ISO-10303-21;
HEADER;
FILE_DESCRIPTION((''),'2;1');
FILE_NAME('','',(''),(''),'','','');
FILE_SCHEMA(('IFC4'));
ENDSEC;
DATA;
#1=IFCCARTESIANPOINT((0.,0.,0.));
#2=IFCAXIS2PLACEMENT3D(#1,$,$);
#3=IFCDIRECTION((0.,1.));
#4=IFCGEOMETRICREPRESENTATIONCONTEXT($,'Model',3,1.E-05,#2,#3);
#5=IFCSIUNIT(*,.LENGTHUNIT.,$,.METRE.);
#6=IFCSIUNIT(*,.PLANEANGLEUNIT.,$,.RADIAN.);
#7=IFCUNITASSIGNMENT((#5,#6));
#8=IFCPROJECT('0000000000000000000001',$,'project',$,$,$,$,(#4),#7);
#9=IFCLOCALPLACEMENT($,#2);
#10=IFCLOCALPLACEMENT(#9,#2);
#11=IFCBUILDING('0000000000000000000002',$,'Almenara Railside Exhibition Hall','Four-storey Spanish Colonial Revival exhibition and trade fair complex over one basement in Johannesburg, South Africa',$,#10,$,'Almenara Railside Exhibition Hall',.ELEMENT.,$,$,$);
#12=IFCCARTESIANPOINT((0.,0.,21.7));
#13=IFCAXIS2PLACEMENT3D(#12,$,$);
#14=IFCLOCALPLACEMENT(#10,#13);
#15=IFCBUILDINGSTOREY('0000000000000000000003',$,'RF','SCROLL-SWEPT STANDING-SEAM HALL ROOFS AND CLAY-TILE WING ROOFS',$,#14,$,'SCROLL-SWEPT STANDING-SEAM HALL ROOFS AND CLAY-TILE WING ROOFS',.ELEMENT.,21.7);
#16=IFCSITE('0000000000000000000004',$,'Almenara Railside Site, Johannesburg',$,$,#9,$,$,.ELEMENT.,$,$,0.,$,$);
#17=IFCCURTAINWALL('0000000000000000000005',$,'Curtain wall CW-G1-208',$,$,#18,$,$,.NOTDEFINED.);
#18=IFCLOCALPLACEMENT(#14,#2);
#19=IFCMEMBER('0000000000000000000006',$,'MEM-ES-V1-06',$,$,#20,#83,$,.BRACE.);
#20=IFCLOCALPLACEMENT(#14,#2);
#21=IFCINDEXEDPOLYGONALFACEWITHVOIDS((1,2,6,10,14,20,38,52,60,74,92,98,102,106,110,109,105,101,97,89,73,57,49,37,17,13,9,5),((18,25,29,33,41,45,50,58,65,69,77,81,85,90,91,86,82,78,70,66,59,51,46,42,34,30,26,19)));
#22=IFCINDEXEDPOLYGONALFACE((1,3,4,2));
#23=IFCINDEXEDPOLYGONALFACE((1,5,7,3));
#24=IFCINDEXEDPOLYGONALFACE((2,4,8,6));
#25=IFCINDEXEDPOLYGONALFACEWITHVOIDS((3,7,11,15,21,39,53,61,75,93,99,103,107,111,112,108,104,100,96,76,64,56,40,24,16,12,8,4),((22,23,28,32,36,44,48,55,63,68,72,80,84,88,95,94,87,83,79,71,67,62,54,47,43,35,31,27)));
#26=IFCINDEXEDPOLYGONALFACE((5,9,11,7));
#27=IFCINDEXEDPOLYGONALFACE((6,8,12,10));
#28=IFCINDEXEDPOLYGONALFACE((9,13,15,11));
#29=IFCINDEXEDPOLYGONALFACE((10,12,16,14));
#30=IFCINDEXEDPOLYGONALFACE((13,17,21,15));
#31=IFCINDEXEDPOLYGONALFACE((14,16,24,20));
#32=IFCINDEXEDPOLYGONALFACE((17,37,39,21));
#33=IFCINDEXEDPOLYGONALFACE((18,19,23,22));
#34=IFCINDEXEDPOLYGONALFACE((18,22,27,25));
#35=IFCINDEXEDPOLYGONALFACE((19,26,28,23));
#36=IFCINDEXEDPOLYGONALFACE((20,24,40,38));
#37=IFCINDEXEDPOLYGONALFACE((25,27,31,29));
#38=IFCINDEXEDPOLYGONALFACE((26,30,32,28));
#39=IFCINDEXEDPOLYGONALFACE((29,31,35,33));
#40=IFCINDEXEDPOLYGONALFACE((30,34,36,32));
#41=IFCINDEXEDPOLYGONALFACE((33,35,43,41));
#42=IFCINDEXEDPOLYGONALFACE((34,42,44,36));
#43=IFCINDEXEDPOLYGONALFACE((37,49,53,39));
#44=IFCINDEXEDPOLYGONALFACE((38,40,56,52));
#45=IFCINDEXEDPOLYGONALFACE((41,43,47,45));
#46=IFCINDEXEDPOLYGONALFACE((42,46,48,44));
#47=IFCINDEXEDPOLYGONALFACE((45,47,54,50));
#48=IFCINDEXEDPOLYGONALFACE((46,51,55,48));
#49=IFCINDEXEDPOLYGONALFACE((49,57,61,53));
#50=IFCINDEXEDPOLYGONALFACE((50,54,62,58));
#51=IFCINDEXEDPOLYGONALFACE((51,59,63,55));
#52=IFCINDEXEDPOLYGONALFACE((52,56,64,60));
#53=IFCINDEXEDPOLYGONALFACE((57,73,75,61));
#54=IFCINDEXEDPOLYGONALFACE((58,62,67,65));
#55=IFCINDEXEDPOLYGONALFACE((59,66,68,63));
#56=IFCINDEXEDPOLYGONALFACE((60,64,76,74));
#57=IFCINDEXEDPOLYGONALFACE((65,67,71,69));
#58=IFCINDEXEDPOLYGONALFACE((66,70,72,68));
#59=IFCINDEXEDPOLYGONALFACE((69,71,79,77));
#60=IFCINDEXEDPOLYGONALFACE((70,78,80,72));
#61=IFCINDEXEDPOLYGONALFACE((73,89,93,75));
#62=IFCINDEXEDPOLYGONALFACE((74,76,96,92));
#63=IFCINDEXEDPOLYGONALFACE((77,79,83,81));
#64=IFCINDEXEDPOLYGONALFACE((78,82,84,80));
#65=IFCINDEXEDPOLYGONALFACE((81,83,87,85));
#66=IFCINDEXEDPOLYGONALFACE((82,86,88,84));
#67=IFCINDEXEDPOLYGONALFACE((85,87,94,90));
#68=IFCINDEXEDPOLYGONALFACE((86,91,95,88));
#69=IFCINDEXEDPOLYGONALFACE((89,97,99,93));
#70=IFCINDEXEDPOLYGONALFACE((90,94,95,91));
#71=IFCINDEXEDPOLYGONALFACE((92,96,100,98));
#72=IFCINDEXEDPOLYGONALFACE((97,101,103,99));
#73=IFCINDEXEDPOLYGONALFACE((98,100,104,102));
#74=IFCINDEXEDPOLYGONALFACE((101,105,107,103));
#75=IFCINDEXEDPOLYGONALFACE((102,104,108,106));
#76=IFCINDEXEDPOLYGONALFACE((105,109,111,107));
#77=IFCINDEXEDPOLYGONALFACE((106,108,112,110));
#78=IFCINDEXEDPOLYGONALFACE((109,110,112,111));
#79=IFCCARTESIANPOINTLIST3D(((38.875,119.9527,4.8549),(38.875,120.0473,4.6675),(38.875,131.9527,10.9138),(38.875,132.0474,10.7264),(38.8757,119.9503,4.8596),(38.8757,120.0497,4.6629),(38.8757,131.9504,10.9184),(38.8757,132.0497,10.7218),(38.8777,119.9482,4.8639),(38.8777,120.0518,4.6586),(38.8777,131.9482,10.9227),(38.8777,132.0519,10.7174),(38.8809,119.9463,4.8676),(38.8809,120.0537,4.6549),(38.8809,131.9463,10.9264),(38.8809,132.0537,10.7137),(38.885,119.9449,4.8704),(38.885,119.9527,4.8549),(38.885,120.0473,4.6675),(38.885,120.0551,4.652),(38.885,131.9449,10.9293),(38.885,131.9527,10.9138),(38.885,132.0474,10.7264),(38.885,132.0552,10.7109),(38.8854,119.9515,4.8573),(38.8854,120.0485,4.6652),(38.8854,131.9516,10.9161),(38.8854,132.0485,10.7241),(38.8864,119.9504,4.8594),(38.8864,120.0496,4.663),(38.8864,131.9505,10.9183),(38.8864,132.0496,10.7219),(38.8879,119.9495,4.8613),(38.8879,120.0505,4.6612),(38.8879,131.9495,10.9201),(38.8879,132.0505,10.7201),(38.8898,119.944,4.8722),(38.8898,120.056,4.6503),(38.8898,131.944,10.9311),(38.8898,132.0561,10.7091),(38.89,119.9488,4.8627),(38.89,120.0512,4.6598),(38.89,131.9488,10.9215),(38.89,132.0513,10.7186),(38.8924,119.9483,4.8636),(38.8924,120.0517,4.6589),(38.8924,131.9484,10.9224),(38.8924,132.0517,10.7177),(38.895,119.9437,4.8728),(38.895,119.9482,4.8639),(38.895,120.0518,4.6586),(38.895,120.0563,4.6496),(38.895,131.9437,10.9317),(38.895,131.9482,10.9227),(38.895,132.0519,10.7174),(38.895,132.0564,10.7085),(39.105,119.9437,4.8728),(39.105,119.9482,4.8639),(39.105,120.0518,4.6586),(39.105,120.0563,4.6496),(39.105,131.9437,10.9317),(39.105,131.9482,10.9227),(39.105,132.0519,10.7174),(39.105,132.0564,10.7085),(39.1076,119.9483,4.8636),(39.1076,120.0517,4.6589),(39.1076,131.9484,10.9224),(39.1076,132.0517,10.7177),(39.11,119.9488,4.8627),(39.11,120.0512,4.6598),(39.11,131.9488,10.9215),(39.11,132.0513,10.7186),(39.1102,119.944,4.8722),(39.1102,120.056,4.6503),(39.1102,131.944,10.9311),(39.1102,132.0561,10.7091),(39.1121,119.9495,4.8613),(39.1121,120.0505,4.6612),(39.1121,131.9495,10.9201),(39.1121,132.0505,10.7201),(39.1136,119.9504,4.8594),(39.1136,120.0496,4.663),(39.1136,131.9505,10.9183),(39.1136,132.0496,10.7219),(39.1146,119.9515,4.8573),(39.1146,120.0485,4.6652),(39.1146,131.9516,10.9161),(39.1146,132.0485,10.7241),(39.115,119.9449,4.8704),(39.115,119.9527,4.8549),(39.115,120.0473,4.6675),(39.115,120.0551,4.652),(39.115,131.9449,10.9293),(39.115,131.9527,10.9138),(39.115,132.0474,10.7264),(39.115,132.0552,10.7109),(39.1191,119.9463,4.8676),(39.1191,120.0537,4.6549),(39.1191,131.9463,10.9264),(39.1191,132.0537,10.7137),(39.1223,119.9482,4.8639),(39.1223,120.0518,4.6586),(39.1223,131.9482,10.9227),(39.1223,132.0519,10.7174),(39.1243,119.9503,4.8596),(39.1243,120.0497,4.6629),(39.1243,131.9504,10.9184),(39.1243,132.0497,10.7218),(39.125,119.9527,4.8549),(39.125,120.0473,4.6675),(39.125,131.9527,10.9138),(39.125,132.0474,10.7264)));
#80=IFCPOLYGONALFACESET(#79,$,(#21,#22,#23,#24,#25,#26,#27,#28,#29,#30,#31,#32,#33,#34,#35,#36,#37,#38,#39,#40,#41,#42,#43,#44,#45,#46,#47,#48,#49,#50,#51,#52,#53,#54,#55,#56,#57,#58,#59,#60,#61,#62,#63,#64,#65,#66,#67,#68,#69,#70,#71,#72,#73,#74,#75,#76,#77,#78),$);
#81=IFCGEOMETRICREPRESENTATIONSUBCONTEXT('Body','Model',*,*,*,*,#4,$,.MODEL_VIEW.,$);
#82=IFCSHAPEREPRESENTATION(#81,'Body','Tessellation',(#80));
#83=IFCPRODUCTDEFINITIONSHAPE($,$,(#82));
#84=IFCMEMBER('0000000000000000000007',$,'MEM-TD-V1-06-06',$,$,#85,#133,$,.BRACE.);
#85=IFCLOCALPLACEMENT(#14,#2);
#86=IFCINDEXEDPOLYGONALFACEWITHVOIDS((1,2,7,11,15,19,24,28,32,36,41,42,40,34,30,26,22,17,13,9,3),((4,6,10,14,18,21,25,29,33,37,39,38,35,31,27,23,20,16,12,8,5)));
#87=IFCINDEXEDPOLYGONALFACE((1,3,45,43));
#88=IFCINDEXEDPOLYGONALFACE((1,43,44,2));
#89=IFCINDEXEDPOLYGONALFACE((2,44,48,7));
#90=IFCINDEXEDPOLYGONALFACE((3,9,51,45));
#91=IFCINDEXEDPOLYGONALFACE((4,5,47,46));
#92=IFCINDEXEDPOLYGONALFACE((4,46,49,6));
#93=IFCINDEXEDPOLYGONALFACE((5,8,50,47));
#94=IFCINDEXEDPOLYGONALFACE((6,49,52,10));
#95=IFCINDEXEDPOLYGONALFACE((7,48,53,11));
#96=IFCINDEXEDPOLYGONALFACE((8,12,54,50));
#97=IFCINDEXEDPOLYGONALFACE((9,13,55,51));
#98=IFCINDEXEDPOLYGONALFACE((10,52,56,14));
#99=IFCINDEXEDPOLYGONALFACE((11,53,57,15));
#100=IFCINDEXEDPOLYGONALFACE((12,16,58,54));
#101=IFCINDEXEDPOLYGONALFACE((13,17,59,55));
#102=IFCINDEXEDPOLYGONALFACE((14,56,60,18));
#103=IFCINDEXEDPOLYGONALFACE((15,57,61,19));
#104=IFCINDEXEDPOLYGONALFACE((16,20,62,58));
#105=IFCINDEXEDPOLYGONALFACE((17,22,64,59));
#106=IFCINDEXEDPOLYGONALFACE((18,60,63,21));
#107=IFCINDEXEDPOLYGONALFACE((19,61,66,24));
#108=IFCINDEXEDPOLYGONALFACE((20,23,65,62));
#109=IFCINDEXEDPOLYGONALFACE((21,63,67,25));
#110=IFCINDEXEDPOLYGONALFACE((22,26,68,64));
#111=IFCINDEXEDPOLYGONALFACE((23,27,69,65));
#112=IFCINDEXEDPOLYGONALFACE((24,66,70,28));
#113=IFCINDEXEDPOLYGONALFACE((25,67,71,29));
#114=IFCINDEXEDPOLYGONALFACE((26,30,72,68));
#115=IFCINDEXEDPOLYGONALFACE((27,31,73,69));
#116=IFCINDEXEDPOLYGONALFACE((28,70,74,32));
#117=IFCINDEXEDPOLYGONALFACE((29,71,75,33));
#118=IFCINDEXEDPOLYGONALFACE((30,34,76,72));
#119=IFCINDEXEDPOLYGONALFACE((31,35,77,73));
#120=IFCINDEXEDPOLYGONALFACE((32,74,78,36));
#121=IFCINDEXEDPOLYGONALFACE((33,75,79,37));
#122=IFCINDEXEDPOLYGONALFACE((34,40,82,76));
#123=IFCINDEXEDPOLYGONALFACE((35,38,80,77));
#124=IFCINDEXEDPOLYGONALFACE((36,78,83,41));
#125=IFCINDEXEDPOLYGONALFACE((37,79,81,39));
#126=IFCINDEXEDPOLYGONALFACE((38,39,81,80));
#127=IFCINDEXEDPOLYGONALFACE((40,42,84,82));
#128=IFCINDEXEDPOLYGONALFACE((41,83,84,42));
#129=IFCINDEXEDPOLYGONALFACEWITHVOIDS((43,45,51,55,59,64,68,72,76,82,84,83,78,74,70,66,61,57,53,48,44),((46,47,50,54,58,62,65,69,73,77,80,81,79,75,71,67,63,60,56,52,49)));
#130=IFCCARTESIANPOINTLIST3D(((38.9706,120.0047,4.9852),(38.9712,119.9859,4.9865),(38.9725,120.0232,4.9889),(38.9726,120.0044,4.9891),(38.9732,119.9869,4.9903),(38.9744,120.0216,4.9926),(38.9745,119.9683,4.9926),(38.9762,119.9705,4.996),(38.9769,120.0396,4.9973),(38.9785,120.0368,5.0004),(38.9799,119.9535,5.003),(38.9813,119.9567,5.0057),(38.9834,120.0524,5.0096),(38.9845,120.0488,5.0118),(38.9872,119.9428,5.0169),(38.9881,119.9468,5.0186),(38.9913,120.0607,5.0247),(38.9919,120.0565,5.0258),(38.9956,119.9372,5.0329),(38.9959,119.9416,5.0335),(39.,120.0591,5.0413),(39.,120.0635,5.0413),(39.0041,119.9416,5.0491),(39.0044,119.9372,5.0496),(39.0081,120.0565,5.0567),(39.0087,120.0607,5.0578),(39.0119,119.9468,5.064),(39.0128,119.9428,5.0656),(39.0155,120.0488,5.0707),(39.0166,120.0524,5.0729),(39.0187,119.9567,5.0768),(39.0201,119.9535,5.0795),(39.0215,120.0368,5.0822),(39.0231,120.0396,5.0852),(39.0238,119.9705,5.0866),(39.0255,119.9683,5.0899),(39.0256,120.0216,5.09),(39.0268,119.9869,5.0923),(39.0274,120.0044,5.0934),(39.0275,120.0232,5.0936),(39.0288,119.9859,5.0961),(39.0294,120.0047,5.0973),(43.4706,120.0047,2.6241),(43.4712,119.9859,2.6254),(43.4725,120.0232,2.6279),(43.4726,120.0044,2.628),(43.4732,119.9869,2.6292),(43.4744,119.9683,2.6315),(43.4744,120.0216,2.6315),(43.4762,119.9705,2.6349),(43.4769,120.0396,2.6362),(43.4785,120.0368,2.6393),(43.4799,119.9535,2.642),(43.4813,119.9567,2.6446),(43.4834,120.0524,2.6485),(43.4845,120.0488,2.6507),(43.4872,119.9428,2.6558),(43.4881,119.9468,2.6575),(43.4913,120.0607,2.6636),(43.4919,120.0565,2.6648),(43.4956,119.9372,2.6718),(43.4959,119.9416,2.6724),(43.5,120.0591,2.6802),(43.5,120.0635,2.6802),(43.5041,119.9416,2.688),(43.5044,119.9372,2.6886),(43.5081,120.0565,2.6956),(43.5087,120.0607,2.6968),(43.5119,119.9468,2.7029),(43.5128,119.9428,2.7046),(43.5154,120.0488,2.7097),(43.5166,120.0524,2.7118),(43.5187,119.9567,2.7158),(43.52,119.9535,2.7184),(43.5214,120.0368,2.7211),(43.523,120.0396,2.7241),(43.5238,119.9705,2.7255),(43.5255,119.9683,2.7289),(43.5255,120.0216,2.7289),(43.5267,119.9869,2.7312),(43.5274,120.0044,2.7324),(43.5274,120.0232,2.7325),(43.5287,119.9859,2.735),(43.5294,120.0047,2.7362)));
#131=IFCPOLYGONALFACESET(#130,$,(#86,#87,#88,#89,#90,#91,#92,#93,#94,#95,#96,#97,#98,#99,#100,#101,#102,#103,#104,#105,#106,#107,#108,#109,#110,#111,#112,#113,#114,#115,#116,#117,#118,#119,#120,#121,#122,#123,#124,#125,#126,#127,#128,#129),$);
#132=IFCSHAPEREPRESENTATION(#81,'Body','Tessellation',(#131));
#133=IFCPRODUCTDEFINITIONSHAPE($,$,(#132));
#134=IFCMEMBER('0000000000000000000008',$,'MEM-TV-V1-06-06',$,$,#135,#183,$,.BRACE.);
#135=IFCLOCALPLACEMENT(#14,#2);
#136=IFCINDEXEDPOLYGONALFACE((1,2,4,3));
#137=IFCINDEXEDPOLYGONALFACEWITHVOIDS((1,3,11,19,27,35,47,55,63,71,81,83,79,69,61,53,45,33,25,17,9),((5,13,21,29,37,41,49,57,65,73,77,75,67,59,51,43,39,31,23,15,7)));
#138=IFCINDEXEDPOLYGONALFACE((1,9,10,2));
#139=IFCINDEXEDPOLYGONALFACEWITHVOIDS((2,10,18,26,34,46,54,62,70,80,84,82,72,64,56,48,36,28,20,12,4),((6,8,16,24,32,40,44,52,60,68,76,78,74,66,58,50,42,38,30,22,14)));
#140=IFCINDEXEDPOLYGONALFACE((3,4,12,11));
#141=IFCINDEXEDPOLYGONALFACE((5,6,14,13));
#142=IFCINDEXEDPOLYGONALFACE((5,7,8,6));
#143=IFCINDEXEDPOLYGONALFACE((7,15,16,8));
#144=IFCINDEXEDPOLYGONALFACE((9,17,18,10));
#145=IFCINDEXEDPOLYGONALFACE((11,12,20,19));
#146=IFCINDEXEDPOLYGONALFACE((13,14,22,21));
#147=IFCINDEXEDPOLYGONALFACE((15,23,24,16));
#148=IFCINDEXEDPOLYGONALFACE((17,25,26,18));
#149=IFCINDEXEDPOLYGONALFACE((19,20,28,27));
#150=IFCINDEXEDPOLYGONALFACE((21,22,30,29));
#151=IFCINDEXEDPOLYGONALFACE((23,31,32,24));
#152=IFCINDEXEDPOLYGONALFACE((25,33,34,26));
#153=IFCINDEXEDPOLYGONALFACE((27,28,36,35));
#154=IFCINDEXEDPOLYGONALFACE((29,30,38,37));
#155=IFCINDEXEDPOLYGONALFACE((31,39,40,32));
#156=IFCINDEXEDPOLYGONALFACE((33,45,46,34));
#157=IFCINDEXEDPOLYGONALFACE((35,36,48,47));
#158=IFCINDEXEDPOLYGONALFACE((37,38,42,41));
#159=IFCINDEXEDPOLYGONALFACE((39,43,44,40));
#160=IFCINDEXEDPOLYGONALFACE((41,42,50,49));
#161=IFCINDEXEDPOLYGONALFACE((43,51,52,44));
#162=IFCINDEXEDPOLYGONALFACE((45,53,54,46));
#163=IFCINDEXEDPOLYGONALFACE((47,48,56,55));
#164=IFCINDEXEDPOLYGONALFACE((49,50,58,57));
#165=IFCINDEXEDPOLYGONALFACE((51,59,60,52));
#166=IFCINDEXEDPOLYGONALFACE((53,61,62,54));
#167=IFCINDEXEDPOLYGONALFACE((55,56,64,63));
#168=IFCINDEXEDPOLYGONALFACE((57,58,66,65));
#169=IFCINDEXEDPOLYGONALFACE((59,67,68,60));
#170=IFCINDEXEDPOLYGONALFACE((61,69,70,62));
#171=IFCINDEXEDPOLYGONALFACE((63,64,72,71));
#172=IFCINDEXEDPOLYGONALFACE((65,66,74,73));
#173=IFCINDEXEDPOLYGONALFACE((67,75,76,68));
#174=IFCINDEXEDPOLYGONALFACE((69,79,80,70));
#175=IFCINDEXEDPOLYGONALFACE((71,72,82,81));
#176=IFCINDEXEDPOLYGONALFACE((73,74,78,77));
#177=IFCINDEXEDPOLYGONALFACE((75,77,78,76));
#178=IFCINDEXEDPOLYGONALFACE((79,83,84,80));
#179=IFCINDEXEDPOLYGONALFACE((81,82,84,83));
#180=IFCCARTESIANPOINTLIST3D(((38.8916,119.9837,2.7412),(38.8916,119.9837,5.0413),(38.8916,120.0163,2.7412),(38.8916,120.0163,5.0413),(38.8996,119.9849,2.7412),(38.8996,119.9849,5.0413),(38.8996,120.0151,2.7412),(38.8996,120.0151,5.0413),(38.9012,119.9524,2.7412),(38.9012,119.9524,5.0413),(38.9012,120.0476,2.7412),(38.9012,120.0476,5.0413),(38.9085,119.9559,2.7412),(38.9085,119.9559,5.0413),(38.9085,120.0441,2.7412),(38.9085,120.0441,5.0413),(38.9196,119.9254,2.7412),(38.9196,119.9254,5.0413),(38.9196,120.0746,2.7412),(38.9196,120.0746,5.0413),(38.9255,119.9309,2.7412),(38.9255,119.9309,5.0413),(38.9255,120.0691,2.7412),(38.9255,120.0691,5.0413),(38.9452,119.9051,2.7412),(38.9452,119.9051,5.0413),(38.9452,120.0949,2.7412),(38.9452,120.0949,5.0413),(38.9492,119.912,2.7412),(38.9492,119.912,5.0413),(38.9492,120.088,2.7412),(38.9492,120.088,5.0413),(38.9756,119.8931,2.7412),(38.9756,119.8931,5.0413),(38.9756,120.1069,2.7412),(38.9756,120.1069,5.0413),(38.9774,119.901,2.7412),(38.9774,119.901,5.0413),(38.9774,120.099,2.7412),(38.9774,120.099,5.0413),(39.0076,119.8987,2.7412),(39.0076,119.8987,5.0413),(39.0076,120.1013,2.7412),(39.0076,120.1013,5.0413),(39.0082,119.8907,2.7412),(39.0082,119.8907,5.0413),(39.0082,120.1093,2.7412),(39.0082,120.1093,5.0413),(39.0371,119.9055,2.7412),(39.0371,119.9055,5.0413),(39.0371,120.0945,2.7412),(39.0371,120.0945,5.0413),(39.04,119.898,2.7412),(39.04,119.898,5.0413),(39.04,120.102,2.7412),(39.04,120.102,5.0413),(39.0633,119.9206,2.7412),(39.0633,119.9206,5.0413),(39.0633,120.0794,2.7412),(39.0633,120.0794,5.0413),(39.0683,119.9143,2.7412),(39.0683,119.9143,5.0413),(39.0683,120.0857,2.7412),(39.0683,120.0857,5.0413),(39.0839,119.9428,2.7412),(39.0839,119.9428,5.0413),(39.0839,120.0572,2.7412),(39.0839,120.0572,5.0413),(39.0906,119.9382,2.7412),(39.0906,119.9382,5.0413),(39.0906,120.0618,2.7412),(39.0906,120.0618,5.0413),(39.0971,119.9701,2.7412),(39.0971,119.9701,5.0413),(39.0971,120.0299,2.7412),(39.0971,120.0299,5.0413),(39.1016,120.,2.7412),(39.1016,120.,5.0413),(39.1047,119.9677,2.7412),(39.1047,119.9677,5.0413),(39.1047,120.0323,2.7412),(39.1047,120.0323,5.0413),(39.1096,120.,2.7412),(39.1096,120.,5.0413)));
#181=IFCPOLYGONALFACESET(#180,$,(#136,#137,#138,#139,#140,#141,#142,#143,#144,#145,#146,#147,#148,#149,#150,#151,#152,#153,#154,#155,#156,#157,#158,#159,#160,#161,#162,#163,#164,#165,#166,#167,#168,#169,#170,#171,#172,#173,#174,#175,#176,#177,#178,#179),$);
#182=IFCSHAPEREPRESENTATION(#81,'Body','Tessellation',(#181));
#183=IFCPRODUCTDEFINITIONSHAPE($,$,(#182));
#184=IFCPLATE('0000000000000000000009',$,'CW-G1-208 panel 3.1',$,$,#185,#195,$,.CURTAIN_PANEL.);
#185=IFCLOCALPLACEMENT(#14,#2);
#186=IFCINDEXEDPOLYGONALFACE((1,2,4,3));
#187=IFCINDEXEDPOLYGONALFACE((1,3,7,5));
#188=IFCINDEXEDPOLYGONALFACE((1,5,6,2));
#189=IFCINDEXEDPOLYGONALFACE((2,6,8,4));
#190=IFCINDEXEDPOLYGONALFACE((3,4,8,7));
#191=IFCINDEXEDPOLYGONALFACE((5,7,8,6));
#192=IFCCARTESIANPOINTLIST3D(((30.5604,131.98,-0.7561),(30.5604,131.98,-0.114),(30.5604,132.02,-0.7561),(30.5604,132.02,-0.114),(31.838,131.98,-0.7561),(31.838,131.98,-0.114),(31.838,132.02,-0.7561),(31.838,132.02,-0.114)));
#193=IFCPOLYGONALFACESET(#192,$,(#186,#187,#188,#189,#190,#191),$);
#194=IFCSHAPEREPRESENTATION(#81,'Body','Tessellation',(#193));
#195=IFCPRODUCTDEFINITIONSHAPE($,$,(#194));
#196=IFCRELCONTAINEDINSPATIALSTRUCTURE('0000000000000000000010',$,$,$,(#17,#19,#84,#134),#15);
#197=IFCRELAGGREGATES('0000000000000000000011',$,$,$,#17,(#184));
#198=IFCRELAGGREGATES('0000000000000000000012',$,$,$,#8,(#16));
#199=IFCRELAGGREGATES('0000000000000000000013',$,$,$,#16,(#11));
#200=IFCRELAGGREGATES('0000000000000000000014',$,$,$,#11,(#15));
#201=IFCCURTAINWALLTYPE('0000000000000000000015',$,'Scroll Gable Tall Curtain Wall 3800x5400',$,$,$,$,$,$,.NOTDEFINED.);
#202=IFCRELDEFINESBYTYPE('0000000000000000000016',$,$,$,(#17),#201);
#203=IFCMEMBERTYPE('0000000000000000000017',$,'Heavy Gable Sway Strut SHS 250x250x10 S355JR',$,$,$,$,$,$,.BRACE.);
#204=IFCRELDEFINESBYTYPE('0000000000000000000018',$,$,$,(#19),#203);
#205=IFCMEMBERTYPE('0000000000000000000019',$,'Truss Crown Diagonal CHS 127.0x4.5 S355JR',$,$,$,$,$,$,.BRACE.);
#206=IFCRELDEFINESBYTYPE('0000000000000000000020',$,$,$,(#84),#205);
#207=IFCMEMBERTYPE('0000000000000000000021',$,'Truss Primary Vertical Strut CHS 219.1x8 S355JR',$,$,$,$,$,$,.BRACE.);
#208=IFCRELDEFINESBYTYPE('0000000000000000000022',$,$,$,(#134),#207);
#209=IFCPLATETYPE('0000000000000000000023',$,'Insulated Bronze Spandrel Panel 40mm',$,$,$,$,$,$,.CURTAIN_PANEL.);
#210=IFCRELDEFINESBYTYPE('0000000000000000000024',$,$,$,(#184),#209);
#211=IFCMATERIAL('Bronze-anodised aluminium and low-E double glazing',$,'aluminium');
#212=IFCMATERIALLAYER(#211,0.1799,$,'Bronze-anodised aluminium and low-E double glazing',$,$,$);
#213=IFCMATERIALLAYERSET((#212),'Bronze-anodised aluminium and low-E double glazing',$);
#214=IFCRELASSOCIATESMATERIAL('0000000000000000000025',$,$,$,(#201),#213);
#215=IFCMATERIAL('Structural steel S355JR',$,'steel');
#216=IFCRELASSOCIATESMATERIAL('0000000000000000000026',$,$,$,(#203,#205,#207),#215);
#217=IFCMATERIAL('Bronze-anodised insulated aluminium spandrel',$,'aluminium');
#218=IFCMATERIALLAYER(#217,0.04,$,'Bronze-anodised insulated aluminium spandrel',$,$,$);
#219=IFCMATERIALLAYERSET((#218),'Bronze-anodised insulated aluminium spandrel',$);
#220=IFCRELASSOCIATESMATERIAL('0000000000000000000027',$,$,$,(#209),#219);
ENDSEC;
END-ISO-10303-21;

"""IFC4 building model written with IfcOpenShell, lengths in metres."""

from ifc_helpers import new_model, si_unit, direction, frame, origin, origin_2d, place, context, subcontext, project, spatial, rectangle, hollow_rectangle, hollow_circle, extrude, material, layer, layer_set, material_profile, profile_set, type_object, element, aggregate, save


model = new_model("IFC4")

# Units and contexts
model_context = context("Model", 3, precision=1e-05, world=origin(), true_north=direction((0.0, 1.0)))
body_context = subcontext(model_context, "Body", "Model", "MODEL_VIEW")
ifc_project = project(units=[si_unit("LENGTHUNIT", "METRE"), si_unit("PLANEANGLEUNIT", "RADIAN")], contexts=[model_context])

# Site, building, storey
site_placement = place(None, origin())
site = spatial("IfcSite", under=ifc_project, at=site_placement, Name="Almenara Railside Site, Johannesburg", CompositionType="ELEMENT", RefElevation=0.0)
building_placement = place(site_placement, origin())
building = spatial("IfcBuilding", under=site, at=building_placement, Name="Almenara Railside Exhibition Hall", Description="Four-storey Spanish Colonial Revival exhibition and trade fair complex over one basement in Johannesburg, South Africa", LongName="Almenara Railside Exhibition Hall", CompositionType="ELEMENT")
storey_placement = place(building_placement, frame((0.0, 0.0, 21.7)))
storey = spatial("IfcBuildingStorey", under=building, at=storey_placement, Name="RF", Description="SCROLL-SWEPT STANDING-SEAM HALL ROOFS AND CLAY-TILE WING ROOFS", LongName="SCROLL-SWEPT STANDING-SEAM HALL ROOFS AND CLAY-TILE WING ROOFS", CompositionType="ELEMENT", Elevation=21.7)

# Shared definitions
ifc_material_1 = material(Name="Structural steel S355JR", Category="steel")

# Shared definitions
ifc_material_2 = material(Name="Bronze-anodised aluminium and low-E double glazing", Category="aluminium")
ifc_layer_1 = layer(ifc_material_2, 0.1799, Name="Bronze-anodised aluminium and low-E double glazing")
ifc_layer_set_1 = layer_set([ifc_layer_1], Name="Bronze-anodised aluminium and low-E double glazing")
curtain_wall_type = type_object("IfcCurtainWallType", Name="Scroll Gable Tall Curtain Wall 3800x5400", PredefinedType="NOTDEFINED", material=ifc_layer_set_1)

# Curtain wall
curtain_wall_1_placement = place(storey_placement, origin())
curtain_wall_1 = element("IfcCurtainWall", 1, at=curtain_wall_1_placement, inside=storey, type_object=curtain_wall_type, Name="Curtain wall CW-G1-208", PredefinedType="NOTDEFINED")

# Members
ifc_material_profile_1 = material_profile(ifc_material_1, hollow_rectangle(XDim=0.25, YDim=0.25, WallThickness=0.01, InnerFilletRadius=0.01, OuterFilletRadius=0.02, at=origin_2d()), Name="SHS 250x250x10")
ifc_profile_set_1 = profile_set([ifc_material_profile_1], Name="Structural steel S355JR")
member_type_1 = type_object("IfcMemberType", Name="Heavy Gable Sway Strut SHS 250x250x10 S355JR", PredefinedType="BRACE", material=ifc_profile_set_1)
member_1_placement = place(storey_placement, frame((39.0, 120.0, 4.7612), z_axis=(0.0, 0.89267, 0.450712), x_axis=(-1.0, 0.0, 0.0)))
element("IfcMember", 2, at=member_1_placement, inside=storey, type_object=member_type_1, Name="MEM-ES-V1-06", PredefinedType="BRACE", context=body_context, shape_type="SweptSolid", body=[
    extrude(hollow_rectangle(XDim=0.25, YDim=0.25, WallThickness=0.01, InnerFilletRadius=0.01, OuterFilletRadius=0.02, at=origin_2d()), origin(), (0.0, 0.0, 1.0), 13.4429),
])
ifc_material_profile_2 = material_profile(ifc_material_1, hollow_circle(Radius=0.0635, WallThickness=0.0044, at=origin_2d()), Name="CHS 127.0x4.5")
ifc_profile_set_2 = profile_set([ifc_material_profile_2], Name="Structural steel S355JR")
member_type_2 = type_object("IfcMemberType", Name="Truss Crown Diagonal CHS 127.0x4.5 S355JR", PredefinedType="BRACE", material=ifc_profile_set_2)
member_2_placement = place(storey_placement, frame((39.0, 120.0, 5.0413), z_axis=(0.885513, 0.0, -0.464615), x_axis=(0.0, 1.0, 0.0)))
element("IfcMember", 3, at=member_2_placement, inside=storey, type_object=member_type_2, Name="MEM-TD-V1-06-06", PredefinedType="BRACE", context=body_context, shape_type="SweptSolid", body=[
    extrude(hollow_circle(Radius=0.0635, WallThickness=0.0044, at=origin_2d()), origin(), (0.0, 0.0, 1.0), 5.0818),
])
ifc_material_profile_3 = material_profile(ifc_material_1, hollow_circle(Radius=0.1096, WallThickness=0.0081, at=origin_2d()), Name="CHS 219.1x8")
ifc_profile_set_3 = profile_set([ifc_material_profile_3], Name="Structural steel S355JR")
member_type_3 = type_object("IfcMemberType", Name="Truss Primary Vertical Strut CHS 219.1x8 S355JR", PredefinedType="BRACE", material=ifc_profile_set_3)
member_3_placement = place(storey_placement, frame((39.0, 120.0, 2.7412), z_axis=(0.0, 0.0, 1.0), x_axis=(1.0, 0.0, 0.0)))
element("IfcMember", 4, at=member_3_placement, inside=storey, type_object=member_type_3, Name="MEM-TV-V1-06-06", PredefinedType="BRACE", context=body_context, shape_type="SweptSolid", body=[
    extrude(hollow_circle(Radius=0.1096, WallThickness=0.0081, at=origin_2d()), origin(), (0.0, 0.0, 1.0), 2.3),
])

# Plate
ifc_material_3 = material(Name="Bronze-anodised insulated aluminium spandrel", Category="aluminium")
ifc_layer_2 = layer(ifc_material_3, 0.04, Name="Bronze-anodised insulated aluminium spandrel")
ifc_layer_set_2 = layer_set([ifc_layer_2], Name="Bronze-anodised insulated aluminium spandrel")
plate_type_1 = type_object("IfcPlateType", Name="Insulated Bronze Spandrel Panel 40mm", PredefinedType="CURTAIN_PANEL", material=ifc_layer_set_2)
plate_1_placement = place(storey_placement, frame((31.1992, 132.0, -0.7561), z_axis=(0.0, 0.0, 1.0), x_axis=(1.0, 0.0, 0.0)))
plate_1 = element("IfcPlate", 5, at=plate_1_placement, type_object=plate_type_1, Name="CW-G1-208 panel 3.1", PredefinedType="CURTAIN_PANEL", context=body_context, shape_type="SweptSolid", body=[
    extrude(rectangle(XDim=1.2776, YDim=0.04, at=origin_2d()), origin(), (0.0, 0.0, 1.0), 0.6421),
])
aggregate(curtain_wall_1, [plate_1])

save(model, "model.ifc")
